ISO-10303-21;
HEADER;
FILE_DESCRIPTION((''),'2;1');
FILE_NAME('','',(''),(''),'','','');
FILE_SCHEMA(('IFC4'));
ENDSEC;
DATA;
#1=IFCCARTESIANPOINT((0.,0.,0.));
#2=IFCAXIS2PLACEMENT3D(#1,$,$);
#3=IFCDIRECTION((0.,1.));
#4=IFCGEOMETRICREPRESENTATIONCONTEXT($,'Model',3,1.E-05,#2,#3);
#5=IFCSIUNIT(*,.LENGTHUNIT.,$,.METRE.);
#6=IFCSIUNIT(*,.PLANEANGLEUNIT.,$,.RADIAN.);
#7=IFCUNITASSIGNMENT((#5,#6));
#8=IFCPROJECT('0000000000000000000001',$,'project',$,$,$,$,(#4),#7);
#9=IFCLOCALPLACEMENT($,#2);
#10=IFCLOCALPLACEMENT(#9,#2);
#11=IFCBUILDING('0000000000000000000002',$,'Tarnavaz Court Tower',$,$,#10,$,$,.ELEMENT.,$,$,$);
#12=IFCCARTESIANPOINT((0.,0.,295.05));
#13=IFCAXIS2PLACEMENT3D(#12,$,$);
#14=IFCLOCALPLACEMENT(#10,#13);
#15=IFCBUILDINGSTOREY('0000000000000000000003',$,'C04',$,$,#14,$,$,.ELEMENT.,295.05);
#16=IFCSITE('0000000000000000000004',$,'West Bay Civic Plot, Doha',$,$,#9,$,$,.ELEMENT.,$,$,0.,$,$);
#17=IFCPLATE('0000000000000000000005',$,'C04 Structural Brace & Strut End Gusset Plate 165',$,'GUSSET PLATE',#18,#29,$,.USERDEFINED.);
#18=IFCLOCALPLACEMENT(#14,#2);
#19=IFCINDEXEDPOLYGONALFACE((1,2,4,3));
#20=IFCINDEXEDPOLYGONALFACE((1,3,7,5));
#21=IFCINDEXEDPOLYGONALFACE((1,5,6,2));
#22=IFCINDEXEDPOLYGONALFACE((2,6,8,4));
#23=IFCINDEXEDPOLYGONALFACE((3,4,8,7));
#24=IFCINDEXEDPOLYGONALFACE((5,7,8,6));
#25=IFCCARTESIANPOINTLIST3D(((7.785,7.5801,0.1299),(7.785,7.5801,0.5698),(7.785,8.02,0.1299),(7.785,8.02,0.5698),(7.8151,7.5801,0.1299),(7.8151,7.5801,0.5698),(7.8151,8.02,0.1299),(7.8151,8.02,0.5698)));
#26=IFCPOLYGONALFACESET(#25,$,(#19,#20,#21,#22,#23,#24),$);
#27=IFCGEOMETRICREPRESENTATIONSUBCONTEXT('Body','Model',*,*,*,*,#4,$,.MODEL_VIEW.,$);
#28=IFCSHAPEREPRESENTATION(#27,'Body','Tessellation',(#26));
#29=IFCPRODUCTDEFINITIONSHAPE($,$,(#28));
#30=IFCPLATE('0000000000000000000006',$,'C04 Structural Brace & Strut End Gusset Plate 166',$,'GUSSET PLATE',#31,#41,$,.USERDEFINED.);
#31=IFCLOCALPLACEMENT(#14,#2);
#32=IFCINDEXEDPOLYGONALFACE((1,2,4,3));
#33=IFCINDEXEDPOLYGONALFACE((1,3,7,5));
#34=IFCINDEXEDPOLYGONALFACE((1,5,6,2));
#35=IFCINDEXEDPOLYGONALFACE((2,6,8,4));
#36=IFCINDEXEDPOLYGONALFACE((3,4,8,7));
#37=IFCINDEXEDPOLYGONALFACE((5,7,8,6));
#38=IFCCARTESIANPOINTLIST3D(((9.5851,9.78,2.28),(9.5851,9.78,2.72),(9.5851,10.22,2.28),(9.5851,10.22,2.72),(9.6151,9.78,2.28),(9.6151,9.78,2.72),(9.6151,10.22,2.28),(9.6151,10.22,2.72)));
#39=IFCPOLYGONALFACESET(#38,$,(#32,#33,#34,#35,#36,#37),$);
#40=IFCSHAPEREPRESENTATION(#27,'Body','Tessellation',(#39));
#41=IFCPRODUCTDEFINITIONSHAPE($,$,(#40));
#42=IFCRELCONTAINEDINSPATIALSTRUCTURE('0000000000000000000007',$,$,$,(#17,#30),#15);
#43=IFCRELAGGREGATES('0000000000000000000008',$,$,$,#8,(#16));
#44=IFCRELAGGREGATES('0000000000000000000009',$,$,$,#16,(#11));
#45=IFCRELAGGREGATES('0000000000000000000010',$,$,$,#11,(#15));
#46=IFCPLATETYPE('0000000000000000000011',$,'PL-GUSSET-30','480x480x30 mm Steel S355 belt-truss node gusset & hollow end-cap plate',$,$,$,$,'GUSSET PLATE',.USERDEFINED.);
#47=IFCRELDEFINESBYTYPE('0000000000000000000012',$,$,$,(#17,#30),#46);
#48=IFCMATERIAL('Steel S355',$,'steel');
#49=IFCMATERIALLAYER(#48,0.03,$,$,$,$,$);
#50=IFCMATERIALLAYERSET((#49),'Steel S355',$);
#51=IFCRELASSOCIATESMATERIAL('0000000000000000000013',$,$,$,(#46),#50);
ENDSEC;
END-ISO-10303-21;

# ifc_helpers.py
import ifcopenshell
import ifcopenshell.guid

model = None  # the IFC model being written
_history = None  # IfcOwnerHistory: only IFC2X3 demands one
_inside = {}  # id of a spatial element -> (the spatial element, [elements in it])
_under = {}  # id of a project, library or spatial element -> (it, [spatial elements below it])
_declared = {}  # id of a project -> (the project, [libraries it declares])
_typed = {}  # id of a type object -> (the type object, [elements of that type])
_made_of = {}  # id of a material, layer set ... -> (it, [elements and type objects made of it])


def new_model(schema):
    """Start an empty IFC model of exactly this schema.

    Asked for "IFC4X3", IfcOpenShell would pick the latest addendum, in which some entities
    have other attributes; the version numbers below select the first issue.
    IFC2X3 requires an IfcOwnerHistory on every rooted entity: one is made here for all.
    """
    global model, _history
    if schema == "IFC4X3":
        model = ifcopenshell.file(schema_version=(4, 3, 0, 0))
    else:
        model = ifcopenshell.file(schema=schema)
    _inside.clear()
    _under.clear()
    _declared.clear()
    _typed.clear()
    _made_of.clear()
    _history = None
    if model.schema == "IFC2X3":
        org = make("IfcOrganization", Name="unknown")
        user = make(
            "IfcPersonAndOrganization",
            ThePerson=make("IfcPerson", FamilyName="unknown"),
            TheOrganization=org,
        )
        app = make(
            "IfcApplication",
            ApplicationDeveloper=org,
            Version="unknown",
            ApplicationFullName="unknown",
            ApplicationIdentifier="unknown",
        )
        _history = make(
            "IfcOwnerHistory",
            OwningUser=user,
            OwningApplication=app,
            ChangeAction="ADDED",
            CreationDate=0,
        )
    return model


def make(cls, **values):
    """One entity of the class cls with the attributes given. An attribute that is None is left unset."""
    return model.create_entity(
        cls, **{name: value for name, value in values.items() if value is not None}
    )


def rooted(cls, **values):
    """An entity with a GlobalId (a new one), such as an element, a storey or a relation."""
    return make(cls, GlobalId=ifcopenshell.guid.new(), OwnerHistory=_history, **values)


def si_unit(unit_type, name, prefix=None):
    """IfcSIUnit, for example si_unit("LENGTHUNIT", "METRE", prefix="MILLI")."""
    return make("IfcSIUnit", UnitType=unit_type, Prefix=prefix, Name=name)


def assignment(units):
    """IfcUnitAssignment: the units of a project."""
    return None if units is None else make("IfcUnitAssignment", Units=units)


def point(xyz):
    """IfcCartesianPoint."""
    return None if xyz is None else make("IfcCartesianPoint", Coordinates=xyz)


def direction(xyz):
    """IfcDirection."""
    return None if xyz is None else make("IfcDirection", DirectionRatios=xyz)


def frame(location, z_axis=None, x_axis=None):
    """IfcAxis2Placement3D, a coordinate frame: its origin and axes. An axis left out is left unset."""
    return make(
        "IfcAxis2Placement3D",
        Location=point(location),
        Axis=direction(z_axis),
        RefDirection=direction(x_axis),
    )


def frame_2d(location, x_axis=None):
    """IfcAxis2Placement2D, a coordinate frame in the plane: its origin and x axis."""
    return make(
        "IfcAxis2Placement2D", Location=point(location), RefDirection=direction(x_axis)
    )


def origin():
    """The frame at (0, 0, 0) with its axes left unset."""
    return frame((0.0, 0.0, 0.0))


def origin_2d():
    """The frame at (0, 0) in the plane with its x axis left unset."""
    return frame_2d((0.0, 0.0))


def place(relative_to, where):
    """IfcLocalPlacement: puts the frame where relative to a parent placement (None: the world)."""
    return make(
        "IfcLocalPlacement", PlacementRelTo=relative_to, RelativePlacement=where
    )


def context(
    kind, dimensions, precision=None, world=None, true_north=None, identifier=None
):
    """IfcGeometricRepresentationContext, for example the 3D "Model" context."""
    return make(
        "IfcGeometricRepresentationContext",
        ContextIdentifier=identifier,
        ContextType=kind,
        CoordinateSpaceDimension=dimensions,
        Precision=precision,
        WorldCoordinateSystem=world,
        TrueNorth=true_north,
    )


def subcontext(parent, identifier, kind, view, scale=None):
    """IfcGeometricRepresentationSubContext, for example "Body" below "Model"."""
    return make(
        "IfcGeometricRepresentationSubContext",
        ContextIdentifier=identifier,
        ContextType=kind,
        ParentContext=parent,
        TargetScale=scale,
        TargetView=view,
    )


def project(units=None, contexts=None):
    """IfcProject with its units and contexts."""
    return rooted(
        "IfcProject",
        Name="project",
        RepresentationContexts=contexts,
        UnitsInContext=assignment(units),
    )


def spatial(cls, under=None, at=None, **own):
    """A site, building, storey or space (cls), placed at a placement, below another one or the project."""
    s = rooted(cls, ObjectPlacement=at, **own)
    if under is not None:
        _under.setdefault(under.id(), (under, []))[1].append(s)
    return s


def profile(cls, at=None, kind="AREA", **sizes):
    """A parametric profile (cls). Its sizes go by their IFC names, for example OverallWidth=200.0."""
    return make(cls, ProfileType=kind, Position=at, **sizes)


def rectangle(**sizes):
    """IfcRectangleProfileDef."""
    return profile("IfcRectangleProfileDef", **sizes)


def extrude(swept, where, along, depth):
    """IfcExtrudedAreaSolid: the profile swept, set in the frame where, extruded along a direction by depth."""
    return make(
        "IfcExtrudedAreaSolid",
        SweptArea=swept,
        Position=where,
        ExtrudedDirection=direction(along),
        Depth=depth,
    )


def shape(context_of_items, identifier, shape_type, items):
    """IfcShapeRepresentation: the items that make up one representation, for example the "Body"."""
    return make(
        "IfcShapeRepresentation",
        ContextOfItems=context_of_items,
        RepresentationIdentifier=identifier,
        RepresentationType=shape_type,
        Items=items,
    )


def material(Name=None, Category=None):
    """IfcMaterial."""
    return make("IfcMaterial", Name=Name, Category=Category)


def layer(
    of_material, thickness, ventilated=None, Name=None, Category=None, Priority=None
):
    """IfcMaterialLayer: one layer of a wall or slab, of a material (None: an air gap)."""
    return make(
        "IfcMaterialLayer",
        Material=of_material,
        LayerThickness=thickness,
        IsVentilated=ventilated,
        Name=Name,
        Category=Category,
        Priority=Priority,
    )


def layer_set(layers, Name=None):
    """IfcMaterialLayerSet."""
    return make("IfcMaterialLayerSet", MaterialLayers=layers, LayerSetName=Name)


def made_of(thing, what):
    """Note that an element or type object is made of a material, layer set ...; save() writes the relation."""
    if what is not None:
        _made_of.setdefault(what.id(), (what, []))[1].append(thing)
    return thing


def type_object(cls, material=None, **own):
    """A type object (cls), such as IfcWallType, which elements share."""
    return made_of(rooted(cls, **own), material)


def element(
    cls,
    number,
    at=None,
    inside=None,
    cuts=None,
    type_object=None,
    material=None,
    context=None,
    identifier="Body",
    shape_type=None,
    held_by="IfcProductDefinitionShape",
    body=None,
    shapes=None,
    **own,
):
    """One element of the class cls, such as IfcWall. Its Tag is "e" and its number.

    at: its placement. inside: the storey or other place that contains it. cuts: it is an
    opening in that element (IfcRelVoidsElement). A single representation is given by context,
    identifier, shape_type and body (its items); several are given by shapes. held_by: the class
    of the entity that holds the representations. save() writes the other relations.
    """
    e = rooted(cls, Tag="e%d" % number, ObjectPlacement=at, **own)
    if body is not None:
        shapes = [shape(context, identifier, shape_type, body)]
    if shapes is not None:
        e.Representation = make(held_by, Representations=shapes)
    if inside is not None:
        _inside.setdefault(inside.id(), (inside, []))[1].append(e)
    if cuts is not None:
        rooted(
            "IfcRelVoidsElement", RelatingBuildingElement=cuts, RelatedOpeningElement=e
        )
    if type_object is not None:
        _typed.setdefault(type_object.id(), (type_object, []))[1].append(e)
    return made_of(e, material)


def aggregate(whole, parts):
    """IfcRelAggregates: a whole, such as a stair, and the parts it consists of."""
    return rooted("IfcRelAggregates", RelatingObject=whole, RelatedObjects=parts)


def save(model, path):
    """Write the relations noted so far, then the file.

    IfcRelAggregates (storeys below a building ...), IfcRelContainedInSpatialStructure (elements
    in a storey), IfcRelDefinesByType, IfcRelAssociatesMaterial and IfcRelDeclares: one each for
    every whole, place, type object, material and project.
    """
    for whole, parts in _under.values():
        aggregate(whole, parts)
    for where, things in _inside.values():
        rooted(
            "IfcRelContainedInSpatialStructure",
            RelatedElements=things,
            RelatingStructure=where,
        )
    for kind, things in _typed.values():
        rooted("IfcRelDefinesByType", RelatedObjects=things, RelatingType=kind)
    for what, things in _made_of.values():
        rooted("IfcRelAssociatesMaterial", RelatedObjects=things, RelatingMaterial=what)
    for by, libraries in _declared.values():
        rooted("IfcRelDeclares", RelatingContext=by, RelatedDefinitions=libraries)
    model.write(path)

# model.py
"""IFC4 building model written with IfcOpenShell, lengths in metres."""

from ifc_helpers import new_model, si_unit, direction, frame, origin, origin_2d, place, context, subcontext, project, spatial, rectangle, extrude, material, layer, layer_set, type_object, element, save


model = new_model("IFC4")

# Units and contexts
model_context = context("Model", 3, precision=1e-05, world=origin(), true_north=direction((0.0, 1.0)))
body_context = subcontext(model_context, "Body", "Model", "MODEL_VIEW")
ifc_project = project(units=[si_unit("LENGTHUNIT", "METRE"), si_unit("PLANEANGLEUNIT", "RADIAN")], contexts=[model_context])

# Site, building, storey
site_placement = place(None, origin())
site = spatial("IfcSite", under=ifc_project, at=site_placement, Name="West Bay Civic Plot, Doha", CompositionType="ELEMENT", RefElevation=0.0)
building_placement = place(site_placement, origin())
building = spatial("IfcBuilding", under=site, at=building_placement, Name="Tarnavaz Court Tower", CompositionType="ELEMENT")
storey_placement = place(building_placement, frame((0.0, 0.0, 295.05)))
storey = spatial("IfcBuildingStorey", under=building, at=storey_placement, Name="C04", CompositionType="ELEMENT", Elevation=295.05)

# Shared definitions
ifc_material_1 = material(Name="Steel S355", Category="steel")

# Plates
ifc_layer_1 = layer(ifc_material_1, 0.03)
ifc_layer_set_1 = layer_set([ifc_layer_1], Name="Steel S355")
plate_type_1 = type_object("IfcPlateType", Name="PL-GUSSET-30", Description="480x480x30 mm Steel S355 belt-truss node gusset & hollow end-cap plate", ElementType="GUSSET PLATE", PredefinedType="USERDEFINED", material=ifc_layer_set_1)
for number, where, z_axis, x_axis, name in (
    (1, (7.8, 7.8, 0.1299), (0.0, 0.0, 1.0), (0.0, 1.0, 0.0), "C04 Structural Brace & Strut End Gusset Plate 165"),
    (2, (9.6001, 10.0, 2.28), (0.0, 0.0, 1.0), (0.0, 1.0, 0.0), "C04 Structural Brace & Strut End Gusset Plate 166"),
):
    element("IfcPlate", number, at=place(storey_placement, frame(where, z_axis=z_axis, x_axis=x_axis)), inside=storey, type_object=plate_type_1, Name=name, ObjectType="GUSSET PLATE", PredefinedType="USERDEFINED", context=body_context, shape_type="SweptSolid", body=[
        extrude(rectangle(XDim=0.4399, YDim=0.03, at=origin_2d()), origin(), (0.0, 0.0, 1.0), 0.4399),
    ])

save(model, "model.ifc")
